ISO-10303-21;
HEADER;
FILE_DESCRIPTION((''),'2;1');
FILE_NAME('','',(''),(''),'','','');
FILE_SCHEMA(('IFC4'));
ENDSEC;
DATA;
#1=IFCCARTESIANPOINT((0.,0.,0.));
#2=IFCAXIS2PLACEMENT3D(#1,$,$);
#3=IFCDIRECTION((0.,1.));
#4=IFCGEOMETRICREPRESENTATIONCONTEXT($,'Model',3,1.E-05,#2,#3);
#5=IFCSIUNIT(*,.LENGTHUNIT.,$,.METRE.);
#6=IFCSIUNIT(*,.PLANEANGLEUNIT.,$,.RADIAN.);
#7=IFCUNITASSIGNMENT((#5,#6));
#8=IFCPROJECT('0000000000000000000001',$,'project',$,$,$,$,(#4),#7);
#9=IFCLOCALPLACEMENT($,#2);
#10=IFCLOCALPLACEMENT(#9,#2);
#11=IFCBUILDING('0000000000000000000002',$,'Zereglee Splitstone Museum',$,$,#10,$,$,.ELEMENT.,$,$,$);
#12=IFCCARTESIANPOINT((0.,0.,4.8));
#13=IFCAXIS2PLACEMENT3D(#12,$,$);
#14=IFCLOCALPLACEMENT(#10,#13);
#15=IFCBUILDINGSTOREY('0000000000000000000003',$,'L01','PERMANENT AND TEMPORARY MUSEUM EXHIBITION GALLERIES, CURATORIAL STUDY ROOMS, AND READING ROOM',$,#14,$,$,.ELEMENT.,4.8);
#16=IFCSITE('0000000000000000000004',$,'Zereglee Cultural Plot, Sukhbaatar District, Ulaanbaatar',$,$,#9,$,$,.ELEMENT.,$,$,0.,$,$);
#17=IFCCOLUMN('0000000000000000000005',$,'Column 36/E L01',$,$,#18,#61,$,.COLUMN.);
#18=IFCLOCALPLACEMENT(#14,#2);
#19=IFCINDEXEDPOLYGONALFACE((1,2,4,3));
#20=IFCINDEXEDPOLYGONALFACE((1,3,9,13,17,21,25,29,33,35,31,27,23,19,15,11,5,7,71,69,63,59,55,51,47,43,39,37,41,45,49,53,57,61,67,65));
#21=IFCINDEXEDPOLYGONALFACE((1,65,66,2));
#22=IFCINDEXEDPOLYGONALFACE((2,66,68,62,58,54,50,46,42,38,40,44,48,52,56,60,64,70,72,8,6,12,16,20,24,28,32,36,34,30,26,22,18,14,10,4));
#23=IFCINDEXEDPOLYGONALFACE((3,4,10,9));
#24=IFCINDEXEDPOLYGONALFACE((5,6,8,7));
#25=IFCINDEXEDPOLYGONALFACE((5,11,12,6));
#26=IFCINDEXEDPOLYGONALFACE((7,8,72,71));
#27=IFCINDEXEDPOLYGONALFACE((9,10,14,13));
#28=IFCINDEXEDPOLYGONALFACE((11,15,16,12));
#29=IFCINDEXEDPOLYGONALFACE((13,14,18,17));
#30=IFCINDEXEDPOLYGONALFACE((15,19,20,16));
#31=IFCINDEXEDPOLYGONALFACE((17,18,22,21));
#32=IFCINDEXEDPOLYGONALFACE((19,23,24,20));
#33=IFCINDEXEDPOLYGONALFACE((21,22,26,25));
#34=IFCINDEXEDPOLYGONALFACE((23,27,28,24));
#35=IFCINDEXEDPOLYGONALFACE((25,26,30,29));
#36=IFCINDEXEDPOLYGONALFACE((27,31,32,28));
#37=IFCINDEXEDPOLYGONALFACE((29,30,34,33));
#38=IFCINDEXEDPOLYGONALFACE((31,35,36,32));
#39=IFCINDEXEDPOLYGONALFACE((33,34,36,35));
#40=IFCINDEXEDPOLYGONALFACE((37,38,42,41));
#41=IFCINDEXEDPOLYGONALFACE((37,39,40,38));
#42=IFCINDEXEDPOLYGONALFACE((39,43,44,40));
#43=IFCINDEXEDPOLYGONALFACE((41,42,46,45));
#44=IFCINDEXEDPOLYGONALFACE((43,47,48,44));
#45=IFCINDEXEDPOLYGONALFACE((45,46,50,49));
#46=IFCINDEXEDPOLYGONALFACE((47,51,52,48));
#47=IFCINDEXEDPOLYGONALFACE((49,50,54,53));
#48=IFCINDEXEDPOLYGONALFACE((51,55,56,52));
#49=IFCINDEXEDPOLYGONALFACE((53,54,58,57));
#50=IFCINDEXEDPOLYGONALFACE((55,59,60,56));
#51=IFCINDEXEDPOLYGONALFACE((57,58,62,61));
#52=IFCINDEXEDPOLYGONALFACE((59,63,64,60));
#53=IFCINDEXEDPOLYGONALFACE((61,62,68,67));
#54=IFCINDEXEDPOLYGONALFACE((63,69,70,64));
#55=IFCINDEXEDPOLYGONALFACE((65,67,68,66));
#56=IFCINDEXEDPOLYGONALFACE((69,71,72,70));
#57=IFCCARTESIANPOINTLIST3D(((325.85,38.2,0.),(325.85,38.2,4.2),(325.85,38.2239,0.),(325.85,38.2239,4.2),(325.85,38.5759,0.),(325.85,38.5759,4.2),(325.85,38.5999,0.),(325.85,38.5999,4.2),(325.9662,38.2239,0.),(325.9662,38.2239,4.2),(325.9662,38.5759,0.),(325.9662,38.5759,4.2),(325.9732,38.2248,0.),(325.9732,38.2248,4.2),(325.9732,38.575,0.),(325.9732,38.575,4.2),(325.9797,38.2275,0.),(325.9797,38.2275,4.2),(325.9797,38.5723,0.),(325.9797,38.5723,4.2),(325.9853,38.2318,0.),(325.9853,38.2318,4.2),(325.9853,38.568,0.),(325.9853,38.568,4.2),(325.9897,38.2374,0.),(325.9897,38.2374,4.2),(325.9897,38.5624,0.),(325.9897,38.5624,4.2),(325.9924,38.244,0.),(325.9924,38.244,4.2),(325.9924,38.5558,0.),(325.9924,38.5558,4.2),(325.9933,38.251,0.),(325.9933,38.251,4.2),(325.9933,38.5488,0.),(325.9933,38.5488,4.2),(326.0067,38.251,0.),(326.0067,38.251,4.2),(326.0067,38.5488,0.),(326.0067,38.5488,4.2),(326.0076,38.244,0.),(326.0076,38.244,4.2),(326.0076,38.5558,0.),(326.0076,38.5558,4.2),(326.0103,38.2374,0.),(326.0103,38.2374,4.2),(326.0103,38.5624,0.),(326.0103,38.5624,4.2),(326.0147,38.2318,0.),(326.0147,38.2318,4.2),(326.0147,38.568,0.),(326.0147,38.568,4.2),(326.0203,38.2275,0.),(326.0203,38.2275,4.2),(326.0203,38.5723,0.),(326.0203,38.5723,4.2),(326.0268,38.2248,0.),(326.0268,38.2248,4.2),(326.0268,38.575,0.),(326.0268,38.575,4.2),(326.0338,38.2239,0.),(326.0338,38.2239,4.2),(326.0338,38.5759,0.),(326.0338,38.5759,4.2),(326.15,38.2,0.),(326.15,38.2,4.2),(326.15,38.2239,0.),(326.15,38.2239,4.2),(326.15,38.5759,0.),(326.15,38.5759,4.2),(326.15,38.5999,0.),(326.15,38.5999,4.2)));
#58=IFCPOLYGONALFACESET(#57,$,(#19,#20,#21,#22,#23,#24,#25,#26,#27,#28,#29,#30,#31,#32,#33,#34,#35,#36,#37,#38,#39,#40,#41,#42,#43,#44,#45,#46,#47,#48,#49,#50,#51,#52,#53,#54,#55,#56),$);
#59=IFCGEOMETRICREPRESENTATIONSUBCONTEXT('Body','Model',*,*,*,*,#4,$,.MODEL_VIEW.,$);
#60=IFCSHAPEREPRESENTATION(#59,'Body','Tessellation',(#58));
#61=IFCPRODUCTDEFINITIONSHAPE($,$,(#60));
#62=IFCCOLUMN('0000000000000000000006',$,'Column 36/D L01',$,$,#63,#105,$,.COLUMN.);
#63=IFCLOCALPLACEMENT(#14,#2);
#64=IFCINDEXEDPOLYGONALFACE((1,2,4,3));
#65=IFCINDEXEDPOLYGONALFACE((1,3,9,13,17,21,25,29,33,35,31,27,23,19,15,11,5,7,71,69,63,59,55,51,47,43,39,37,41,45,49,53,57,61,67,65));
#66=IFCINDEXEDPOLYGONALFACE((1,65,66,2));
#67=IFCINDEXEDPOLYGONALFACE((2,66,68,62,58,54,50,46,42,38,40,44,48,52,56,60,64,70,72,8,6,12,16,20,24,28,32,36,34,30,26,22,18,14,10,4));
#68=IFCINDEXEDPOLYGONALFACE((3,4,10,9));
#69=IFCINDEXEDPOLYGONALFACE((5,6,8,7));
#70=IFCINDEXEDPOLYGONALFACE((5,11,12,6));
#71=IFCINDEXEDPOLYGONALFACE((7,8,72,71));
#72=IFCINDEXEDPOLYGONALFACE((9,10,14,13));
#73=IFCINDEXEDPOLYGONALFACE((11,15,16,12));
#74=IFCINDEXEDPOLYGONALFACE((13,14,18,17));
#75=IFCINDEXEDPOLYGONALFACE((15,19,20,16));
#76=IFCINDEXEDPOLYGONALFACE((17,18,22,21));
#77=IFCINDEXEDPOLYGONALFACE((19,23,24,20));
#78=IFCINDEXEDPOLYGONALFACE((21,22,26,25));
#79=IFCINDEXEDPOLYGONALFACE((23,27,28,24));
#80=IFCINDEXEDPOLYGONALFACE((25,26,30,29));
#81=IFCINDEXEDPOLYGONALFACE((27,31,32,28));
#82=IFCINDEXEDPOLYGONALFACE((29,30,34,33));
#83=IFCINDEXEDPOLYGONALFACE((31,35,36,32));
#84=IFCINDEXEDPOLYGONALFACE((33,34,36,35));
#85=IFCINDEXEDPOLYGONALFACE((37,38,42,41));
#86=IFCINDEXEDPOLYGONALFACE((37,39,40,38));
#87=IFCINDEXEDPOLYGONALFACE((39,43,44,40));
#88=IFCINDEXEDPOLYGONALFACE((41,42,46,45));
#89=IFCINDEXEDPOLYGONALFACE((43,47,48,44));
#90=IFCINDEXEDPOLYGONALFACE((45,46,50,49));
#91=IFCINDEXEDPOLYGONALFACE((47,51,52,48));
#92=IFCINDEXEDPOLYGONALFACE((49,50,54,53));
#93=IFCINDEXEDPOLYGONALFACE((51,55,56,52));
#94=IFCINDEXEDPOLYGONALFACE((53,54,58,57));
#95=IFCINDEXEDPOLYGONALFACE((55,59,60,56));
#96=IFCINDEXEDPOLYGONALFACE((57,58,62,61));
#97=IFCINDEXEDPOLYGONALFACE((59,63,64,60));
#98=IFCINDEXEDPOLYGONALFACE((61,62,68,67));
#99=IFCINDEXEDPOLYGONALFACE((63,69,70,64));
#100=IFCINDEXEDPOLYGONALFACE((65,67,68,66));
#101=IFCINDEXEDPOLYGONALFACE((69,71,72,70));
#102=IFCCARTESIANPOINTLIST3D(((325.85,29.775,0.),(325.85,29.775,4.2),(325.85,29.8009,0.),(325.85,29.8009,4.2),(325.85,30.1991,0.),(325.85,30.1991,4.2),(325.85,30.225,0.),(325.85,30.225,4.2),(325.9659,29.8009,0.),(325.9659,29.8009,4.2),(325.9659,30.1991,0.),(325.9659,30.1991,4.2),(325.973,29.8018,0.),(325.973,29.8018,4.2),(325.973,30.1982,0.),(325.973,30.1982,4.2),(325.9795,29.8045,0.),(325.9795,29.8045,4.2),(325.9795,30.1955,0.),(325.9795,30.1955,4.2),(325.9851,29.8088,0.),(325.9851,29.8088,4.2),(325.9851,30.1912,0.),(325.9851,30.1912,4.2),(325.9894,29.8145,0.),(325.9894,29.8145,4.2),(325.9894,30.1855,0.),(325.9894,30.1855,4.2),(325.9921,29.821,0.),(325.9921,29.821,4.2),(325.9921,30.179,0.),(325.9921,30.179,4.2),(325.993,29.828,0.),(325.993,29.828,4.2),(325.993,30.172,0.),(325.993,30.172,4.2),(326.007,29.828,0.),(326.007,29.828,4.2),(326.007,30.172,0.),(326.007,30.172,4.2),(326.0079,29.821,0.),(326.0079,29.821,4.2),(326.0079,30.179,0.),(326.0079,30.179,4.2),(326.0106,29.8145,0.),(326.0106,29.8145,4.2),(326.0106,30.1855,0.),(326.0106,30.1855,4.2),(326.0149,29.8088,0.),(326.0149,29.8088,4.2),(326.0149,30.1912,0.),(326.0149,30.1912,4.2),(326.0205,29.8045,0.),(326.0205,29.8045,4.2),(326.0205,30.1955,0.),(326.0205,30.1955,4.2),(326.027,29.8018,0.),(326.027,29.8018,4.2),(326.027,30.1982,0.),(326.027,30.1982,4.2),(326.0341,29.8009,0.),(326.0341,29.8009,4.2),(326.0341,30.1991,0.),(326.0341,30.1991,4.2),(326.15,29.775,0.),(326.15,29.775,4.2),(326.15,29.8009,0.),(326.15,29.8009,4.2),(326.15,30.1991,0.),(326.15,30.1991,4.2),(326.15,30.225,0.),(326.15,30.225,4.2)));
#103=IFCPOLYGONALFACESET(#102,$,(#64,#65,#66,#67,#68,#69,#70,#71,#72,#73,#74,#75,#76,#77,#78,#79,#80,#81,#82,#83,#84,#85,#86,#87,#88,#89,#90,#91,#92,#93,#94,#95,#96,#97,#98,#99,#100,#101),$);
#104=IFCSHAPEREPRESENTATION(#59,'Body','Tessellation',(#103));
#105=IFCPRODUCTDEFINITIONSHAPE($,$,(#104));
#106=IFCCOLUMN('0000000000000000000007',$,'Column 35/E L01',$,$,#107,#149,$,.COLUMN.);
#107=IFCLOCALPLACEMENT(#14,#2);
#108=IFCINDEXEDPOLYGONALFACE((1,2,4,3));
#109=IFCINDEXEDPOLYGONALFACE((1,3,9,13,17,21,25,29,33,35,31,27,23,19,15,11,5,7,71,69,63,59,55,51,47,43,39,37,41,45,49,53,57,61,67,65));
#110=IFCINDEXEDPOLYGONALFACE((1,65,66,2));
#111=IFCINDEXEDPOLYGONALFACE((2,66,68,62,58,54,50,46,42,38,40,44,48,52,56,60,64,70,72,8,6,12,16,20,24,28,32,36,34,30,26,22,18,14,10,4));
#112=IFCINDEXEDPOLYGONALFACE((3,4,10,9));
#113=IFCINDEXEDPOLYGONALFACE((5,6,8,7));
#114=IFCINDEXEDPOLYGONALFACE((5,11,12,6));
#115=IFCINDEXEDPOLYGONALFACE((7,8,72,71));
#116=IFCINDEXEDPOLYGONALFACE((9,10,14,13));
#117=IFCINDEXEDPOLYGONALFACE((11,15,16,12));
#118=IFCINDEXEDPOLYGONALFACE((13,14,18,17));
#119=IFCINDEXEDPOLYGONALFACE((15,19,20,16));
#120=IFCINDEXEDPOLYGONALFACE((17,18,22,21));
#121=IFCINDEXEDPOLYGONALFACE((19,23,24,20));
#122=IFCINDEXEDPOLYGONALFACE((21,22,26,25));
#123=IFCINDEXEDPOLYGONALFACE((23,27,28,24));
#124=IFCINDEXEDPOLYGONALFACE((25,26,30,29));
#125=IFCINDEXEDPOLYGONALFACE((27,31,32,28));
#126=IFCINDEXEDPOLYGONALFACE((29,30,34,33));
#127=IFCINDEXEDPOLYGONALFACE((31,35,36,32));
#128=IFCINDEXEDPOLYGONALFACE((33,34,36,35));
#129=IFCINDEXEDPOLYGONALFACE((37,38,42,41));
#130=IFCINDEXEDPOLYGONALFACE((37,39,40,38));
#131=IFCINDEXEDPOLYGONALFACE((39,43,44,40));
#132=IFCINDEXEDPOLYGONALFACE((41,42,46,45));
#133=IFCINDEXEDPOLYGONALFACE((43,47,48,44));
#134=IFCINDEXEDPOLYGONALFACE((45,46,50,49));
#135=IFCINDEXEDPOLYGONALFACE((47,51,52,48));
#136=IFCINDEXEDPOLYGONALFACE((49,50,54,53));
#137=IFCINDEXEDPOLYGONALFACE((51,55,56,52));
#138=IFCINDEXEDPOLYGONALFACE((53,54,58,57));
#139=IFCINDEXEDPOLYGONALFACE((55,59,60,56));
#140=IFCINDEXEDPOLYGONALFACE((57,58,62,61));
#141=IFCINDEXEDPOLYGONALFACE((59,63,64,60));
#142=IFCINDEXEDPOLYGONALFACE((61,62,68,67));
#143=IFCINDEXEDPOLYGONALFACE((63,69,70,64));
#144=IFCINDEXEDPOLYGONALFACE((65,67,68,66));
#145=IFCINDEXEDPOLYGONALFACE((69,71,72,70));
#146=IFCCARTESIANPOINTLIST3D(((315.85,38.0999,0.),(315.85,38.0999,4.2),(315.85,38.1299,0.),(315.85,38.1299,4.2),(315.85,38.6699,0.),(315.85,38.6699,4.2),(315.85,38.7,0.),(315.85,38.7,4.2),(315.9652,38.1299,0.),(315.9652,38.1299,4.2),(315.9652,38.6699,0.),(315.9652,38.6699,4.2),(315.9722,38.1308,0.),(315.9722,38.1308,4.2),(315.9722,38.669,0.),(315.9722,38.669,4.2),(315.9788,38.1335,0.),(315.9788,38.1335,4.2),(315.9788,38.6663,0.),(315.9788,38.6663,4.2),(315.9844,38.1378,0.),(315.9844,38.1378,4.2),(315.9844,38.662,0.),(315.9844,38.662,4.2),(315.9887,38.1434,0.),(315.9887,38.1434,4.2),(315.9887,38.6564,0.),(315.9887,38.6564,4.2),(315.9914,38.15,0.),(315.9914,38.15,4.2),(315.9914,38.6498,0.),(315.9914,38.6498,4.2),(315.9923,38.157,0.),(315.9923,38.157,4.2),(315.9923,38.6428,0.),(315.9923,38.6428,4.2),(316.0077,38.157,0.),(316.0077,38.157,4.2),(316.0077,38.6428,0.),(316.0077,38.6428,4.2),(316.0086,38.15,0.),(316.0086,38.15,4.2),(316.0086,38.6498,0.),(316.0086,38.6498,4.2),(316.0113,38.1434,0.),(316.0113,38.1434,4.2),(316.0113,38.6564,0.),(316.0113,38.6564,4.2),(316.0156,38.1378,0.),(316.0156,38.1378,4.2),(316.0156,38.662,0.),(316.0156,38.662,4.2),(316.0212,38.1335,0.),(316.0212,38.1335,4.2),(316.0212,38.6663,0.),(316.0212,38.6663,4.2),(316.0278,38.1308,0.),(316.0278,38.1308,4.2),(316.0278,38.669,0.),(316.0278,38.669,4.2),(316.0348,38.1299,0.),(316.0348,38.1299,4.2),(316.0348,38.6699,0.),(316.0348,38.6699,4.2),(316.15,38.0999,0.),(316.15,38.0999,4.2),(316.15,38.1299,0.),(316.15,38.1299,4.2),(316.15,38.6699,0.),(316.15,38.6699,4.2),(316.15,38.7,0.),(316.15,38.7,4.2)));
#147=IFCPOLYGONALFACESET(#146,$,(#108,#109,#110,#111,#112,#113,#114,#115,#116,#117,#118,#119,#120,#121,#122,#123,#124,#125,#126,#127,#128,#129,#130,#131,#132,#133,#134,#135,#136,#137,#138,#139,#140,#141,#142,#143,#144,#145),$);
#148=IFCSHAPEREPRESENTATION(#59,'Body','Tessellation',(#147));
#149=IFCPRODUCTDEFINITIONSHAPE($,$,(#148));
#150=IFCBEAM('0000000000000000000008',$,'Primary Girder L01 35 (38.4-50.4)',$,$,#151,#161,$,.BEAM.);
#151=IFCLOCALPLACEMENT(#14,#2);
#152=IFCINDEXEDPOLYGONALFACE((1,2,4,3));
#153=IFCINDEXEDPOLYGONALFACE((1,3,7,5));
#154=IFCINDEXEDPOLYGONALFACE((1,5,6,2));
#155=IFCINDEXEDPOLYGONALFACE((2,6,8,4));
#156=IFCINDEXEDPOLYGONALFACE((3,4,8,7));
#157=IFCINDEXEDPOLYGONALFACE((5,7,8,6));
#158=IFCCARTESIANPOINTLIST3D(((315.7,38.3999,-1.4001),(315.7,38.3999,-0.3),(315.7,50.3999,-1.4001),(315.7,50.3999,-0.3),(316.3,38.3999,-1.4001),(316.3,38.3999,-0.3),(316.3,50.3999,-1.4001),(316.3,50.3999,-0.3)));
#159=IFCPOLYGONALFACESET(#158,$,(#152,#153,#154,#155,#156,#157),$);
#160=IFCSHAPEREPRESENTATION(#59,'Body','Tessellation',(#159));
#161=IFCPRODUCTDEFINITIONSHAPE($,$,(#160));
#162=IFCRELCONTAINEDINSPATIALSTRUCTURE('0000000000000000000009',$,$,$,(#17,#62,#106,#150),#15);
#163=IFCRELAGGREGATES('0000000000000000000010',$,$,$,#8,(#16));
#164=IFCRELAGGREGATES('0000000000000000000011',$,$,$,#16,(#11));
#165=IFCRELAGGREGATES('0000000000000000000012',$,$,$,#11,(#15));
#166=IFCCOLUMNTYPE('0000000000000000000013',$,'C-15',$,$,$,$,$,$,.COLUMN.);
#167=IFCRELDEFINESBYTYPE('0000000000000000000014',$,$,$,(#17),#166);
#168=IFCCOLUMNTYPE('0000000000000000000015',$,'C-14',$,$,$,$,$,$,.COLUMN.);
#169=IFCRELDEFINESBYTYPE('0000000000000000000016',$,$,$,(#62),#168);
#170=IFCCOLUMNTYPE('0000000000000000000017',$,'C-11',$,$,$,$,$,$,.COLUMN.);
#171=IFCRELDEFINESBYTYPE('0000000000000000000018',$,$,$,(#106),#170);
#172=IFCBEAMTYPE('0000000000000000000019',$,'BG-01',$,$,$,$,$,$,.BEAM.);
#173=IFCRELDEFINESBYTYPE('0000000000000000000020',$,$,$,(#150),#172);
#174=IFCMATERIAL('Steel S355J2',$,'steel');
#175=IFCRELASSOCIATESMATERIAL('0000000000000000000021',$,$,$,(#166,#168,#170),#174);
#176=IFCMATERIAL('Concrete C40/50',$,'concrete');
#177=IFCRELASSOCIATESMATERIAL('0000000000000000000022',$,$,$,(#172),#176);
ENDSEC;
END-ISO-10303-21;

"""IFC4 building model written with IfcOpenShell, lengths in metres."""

from ifc_helpers import new_model, si_unit, direction, frame, origin, origin_2d, place, context, subcontext, project, spatial, rectangle, i_section, extrude, material, material_profile, profile_set, type_object, element, save


model = new_model("IFC4")

# Units and contexts
model_context = context("Model", 3, precision=1e-05, world=origin(), true_north=direction((0.0, 1.0)))
body_context = subcontext(model_context, "Body", "Model", "MODEL_VIEW")
ifc_project = project(units=[si_unit("LENGTHUNIT", "METRE"), si_unit("PLANEANGLEUNIT", "RADIAN")], contexts=[model_context])

# Site, building, storey
site_placement = place(None, origin())
site = spatial("IfcSite", under=ifc_project, at=site_placement, Name="Zereglee Cultural Plot, Sukhbaatar District, Ulaanbaatar", CompositionType="ELEMENT", RefElevation=0.0)
building_placement = place(site_placement, origin())
building = spatial("IfcBuilding", under=site, at=building_placement, Name="Zereglee Splitstone Museum", CompositionType="ELEMENT")
storey_placement = place(building_placement, frame((0.0, 0.0, 4.8)))
storey = spatial("IfcBuildingStorey", under=building, at=storey_placement, Name="L01", Description="PERMANENT AND TEMPORARY MUSEUM EXHIBITION GALLERIES, CURATORIAL STUDY ROOMS, AND READING ROOM", CompositionType="ELEMENT", Elevation=4.8)

# Columns
ifc_material_1 = material(Name="Steel S355J2", Category="steel")
ifc_material_profile_1 = material_profile(ifc_material_1, i_section(OverallWidth=0.3, OverallDepth=0.3999, WebThickness=0.0134, FlangeThickness=0.0239, FilletRadius=0.0271, at=origin_2d()), Name="HE 400 B")
ifc_profile_set_1 = profile_set([ifc_material_profile_1], Name="Steel S355J2")
column_type_1 = type_object("IfcColumnType", Name="C-15", PredefinedType="COLUMN", material=ifc_profile_set_1)
column_1_placement = place(storey_placement, frame((326.0, 38.3999, 0.0), z_axis=(0.0, 0.0, 1.0), x_axis=(1.0, 0.0, 0.0)))
element("IfcColumn", 1, at=column_1_placement, inside=storey, type_object=column_type_1, Name="Column 36/E L01", PredefinedType="COLUMN", context=body_context, shape_type="SweptSolid", body=[
    extrude(i_section(OverallWidth=0.3, OverallDepth=0.3999, WebThickness=0.0134, FlangeThickness=0.0239, FilletRadius=0.0271, at=origin_2d()), origin(), (0.0, 0.0, 1.0), 4.2),
])
ifc_material_profile_2 = material_profile(ifc_material_1, i_section(OverallWidth=0.3, OverallDepth=0.45, WebThickness=0.0139, FlangeThickness=0.0259, FilletRadius=0.0271, at=origin_2d()), Name="HE 450 B")
ifc_profile_set_2 = profile_set([ifc_material_profile_2], Name="Steel S355J2")
column_type_2 = type_object("IfcColumnType", Name="C-14", PredefinedType="COLUMN", material=ifc_profile_set_2)
column_2_placement = place(storey_placement, frame((326.0, 30.0, 0.0), z_axis=(0.0, 0.0, 1.0), x_axis=(1.0, 0.0, 0.0)))
element("IfcColumn", 2, at=column_2_placement, inside=storey, type_object=column_type_2, Name="Column 36/D L01", PredefinedType="COLUMN", context=body_context, shape_type="SweptSolid", body=[
    extrude(i_section(OverallWidth=0.3, OverallDepth=0.45, WebThickness=0.0139, FlangeThickness=0.0259, FilletRadius=0.0271, at=origin_2d()), origin(), (0.0, 0.0, 1.0), 4.2),
])
ifc_material_profile_3 = material_profile(ifc_material_1, i_section(OverallWidth=0.3, OverallDepth=0.6001, WebThickness=0.0154, FlangeThickness=0.03, FilletRadius=0.0271, at=origin_2d()), Name="HE 600 B")
ifc_profile_set_3 = profile_set([ifc_material_profile_3], Name="Steel S355J2")
column_type_3 = type_object("IfcColumnType", Name="C-11", PredefinedType="COLUMN", material=ifc_profile_set_3)
column_3_placement = place(storey_placement, frame((316.0, 38.3999, 0.0), z_axis=(0.0, 0.0, 1.0), x_axis=(1.0, 0.0, 0.0)))
element("IfcColumn", 3, at=column_3_placement, inside=storey, type_object=column_type_3, Name="Column 35/E L01", PredefinedType="COLUMN", context=body_context, shape_type="SweptSolid", body=[
    extrude(i_section(OverallWidth=0.3, OverallDepth=0.6001, WebThickness=0.0154, FlangeThickness=0.03, FilletRadius=0.0271, at=origin_2d()), origin(), (0.0, 0.0, 1.0), 4.2),
])

# Beam
ifc_material_2 = material(Name="Concrete C40/50", Category="concrete")
ifc_material_profile_4 = material_profile(ifc_material_2, rectangle(XDim=0.6001, YDim=1.1001, at=origin_2d()), Name="RC 600x1100")
ifc_profile_set_4 = profile_set([ifc_material_profile_4], Name="Concrete C40/50")
beam_type_1 = type_object("IfcBeamType", Name="BG-01", PredefinedType="BEAM", material=ifc_profile_set_4)
beam_1_placement = place(storey_placement, frame((316.0, 38.3999, -0.8501), z_axis=(0.0, 1.0, 0.0), x_axis=(-1.0, 0.0, 0.0)))
element("IfcBeam", 4, at=beam_1_placement, inside=storey, type_object=beam_type_1, Name="Primary Girder L01 35 (38.4-50.4)", PredefinedType="BEAM", context=body_context, shape_type="SweptSolid", body=[
    extrude(rectangle(XDim=0.6001, YDim=1.1001, at=origin_2d()), origin(), (0.0, 0.0, 1.0), 12.0),
])

save(model, "model.ifc")
